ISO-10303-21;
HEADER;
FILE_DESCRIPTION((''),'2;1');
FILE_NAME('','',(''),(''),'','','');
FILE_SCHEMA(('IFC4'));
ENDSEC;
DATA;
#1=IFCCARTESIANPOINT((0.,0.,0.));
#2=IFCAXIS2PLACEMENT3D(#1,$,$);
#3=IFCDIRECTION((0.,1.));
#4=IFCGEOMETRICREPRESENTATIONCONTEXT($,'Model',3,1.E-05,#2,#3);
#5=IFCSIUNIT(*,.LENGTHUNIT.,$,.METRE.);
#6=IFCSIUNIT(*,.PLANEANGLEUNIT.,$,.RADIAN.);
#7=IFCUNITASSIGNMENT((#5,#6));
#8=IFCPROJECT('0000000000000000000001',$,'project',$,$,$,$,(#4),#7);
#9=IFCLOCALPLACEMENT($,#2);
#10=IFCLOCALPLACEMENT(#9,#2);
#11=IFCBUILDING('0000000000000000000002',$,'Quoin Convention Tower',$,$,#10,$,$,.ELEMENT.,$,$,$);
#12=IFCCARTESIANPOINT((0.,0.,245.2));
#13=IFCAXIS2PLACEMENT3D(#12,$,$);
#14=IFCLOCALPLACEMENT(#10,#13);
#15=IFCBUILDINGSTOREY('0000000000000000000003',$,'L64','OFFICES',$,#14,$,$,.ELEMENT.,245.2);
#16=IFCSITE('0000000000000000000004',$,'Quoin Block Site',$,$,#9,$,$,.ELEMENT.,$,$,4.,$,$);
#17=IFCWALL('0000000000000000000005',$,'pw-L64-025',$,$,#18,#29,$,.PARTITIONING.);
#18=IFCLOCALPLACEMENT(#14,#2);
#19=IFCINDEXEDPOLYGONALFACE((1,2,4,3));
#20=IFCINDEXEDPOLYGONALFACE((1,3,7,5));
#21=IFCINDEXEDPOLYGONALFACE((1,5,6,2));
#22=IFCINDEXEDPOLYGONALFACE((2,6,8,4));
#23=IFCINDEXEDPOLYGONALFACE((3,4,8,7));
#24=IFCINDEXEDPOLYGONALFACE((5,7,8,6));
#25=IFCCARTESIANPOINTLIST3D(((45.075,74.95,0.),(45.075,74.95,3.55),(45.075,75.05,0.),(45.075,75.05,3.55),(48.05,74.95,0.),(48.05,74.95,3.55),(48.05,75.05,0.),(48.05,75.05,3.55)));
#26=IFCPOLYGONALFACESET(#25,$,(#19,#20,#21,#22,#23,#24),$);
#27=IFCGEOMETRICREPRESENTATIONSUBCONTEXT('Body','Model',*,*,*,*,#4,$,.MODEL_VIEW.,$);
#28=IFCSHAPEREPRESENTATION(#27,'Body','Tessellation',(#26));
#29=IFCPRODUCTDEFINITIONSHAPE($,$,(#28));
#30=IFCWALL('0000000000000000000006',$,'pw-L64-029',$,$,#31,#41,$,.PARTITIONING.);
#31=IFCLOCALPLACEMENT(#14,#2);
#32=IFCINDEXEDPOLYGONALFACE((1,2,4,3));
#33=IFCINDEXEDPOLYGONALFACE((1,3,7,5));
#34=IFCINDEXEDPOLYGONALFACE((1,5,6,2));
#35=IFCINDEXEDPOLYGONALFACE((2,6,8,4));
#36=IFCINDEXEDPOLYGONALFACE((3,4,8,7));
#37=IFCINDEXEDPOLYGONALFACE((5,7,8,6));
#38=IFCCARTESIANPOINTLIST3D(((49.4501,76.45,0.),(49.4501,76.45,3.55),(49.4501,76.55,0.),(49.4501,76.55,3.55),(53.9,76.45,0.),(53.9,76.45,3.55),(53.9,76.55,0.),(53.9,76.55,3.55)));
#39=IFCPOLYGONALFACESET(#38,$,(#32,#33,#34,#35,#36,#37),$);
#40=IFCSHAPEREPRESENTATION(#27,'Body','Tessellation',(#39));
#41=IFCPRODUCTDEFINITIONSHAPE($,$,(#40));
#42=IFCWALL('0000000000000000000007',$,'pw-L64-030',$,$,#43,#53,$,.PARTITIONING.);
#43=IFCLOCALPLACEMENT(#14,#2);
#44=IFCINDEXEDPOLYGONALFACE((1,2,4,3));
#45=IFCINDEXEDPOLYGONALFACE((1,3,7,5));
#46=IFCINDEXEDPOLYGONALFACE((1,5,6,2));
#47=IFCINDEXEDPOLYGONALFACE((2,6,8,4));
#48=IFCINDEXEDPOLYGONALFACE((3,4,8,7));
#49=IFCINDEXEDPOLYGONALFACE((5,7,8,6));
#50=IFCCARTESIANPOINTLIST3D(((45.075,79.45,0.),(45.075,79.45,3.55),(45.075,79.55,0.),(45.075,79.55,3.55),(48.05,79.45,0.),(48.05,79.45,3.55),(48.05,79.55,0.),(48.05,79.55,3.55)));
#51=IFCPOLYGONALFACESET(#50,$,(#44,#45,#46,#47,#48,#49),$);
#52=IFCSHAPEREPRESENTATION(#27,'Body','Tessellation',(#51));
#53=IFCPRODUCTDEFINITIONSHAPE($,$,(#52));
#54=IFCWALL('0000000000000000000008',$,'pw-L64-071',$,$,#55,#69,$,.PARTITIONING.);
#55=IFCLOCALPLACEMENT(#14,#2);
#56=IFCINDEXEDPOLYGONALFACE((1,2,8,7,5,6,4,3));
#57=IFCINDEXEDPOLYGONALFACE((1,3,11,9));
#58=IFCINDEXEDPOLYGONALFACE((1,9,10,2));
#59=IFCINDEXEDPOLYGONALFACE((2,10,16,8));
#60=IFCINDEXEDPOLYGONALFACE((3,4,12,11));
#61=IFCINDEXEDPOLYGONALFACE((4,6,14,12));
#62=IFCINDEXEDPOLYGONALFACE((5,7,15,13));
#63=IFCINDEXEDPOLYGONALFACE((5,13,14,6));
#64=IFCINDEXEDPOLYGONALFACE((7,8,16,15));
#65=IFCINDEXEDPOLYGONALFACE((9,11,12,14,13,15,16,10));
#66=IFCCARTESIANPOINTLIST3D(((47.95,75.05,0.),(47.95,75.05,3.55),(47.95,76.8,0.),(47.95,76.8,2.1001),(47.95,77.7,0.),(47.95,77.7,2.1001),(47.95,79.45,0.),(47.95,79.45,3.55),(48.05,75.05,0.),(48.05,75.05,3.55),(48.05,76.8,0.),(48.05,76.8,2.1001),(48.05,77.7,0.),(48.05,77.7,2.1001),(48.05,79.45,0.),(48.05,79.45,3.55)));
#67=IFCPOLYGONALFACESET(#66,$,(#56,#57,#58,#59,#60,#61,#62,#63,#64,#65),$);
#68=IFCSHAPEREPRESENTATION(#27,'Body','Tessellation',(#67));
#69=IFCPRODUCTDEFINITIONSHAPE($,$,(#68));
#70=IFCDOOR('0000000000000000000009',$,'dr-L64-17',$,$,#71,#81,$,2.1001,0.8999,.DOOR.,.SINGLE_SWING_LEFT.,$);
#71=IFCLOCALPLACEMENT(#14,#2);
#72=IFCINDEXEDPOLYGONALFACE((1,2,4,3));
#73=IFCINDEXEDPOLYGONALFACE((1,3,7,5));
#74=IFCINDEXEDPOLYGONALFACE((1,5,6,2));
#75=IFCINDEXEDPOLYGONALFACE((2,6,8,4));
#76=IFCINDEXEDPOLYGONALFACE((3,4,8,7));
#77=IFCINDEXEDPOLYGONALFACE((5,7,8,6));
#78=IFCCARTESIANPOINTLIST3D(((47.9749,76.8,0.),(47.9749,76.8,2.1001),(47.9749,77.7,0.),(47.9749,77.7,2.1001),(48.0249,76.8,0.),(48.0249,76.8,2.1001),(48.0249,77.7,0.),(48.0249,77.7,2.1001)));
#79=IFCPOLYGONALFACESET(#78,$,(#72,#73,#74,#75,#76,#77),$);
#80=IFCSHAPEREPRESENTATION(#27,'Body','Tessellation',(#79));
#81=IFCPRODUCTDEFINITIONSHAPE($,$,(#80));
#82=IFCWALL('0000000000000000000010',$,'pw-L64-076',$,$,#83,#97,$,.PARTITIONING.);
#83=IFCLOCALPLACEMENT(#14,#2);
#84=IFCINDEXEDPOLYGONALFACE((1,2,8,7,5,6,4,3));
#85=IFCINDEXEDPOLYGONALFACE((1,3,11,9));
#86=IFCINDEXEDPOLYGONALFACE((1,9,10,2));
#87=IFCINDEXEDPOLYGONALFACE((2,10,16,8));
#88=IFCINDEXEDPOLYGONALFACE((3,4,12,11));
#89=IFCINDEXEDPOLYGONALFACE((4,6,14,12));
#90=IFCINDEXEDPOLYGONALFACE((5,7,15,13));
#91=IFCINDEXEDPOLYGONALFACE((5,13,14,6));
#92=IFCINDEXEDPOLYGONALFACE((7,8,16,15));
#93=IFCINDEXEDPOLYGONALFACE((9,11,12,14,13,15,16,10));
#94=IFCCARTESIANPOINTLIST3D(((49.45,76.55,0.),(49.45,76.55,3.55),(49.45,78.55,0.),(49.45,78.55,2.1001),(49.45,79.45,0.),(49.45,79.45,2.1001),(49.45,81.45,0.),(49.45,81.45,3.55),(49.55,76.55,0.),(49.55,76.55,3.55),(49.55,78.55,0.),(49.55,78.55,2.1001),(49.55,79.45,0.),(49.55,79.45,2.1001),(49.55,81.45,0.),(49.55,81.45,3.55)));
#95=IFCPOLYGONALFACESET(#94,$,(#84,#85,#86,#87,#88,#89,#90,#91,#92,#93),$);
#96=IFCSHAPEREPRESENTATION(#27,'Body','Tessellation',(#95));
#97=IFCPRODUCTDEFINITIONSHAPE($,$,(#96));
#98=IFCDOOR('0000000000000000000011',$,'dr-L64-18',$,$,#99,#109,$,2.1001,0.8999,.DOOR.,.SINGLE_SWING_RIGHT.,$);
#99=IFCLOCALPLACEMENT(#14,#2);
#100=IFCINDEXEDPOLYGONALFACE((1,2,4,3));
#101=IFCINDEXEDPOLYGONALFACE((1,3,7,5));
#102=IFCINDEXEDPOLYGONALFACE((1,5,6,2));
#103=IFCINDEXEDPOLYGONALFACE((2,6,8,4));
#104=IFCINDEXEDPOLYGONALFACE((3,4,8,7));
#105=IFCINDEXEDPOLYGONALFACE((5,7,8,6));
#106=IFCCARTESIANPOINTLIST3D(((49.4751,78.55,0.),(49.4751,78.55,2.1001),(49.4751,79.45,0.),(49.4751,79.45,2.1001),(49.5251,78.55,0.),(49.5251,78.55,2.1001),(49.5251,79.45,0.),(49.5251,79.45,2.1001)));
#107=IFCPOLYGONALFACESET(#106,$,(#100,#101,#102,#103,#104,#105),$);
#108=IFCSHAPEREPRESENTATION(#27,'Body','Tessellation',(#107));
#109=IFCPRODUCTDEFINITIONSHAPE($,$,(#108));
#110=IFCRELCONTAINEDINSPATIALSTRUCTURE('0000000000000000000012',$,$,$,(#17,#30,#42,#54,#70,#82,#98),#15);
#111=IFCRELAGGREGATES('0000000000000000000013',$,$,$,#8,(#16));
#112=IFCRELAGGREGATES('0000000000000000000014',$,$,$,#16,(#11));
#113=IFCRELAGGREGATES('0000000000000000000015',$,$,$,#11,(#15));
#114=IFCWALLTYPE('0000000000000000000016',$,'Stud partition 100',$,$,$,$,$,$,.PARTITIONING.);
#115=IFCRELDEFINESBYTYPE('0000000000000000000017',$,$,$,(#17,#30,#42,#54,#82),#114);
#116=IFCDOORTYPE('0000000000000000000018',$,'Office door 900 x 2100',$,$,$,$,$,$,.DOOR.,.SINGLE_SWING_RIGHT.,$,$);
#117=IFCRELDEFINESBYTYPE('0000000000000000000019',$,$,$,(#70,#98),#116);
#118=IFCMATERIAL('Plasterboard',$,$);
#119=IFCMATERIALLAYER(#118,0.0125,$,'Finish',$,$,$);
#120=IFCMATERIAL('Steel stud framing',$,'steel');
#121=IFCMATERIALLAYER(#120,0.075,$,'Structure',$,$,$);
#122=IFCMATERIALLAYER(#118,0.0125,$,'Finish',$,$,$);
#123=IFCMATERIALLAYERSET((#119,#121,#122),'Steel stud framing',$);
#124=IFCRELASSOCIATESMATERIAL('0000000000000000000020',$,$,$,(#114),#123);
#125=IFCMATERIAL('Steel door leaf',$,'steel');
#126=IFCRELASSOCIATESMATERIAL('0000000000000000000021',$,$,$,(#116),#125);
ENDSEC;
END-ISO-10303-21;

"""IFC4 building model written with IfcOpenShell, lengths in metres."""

from ifc_helpers import new_model, si_unit, direction, frame, frame_2d, origin, place, context, subcontext, project, spatial, rectangle, extrude, material, layer, layer_set, type_object, element, fill, save


model = new_model("IFC4")

# Units and contexts
model_context = context("Model", 3, precision=1e-05, world=origin(), true_north=direction((0.0, 1.0)))
body_context = subcontext(model_context, "Body", "Model", "MODEL_VIEW")
ifc_project = project(units=[si_unit("LENGTHUNIT", "METRE"), si_unit("PLANEANGLEUNIT", "RADIAN")], contexts=[model_context])

# Site, building, storey
site_placement = place(None, origin())
site = spatial("IfcSite", under=ifc_project, at=site_placement, Name="Quoin Block Site", CompositionType="ELEMENT", RefElevation=4.0)
building_placement = place(site_placement, origin())
building = spatial("IfcBuilding", under=site, at=building_placement, Name="Quoin Convention Tower", CompositionType="ELEMENT")
storey_placement = place(building_placement, frame((0.0, 0.0, 245.2)))
storey = spatial("IfcBuildingStorey", under=building, at=storey_placement, Name="L64", Description="OFFICES", CompositionType="ELEMENT", Elevation=245.2)

# Shared definitions
ifc_material_1 = material(Name="Plasterboard")
ifc_material_2 = material(Name="Steel stud framing", Category="steel")
ifc_material_3 = material(Name="Steel door leaf", Category="steel")

# Walls
ifc_layer_1 = layer(ifc_material_1, 0.0125, Name="Finish")
ifc_layer_2 = layer(ifc_material_2, 0.075, Name="Structure")
ifc_layer_3 = layer(ifc_material_1, 0.0125, Name="Finish")
ifc_layer_set_1 = layer_set([ifc_layer_1, ifc_layer_2, ifc_layer_3], Name="Steel stud framing")
wall_type_1 = type_object("IfcWallType", Name="Stud partition 100", PredefinedType="PARTITIONING", material=ifc_layer_set_1)
wall_1_placement = place(storey_placement, frame((45.075, 75.0, 0.0), z_axis=(0.0, 0.0, 1.0), x_axis=(1.0, 0.0, 0.0)))
element("IfcWall", 1, at=wall_1_placement, inside=storey, type_object=wall_type_1, Name="pw-L64-025", PredefinedType="PARTITIONING", context=body_context, shape_type="SweptSolid", body=[
    extrude(rectangle(XDim=2.9751, YDim=0.1001, at=frame_2d((1.4875, 0.0))), origin(), (0.0, 0.0, 1.0), 3.55),
])
wall_2_placement = place(storey_placement, frame((49.45, 76.5, 0.0), z_axis=(0.0, 0.0, 1.0), x_axis=(1.0, 0.0, 0.0)))
element("IfcWall", 2, at=wall_2_placement, inside=storey, type_object=wall_type_1, Name="pw-L64-029", PredefinedType="PARTITIONING", context=body_context, shape_type="SweptSolid", body=[
    extrude(rectangle(XDim=4.45, YDim=0.1001, at=frame_2d((2.2251, 0.0))), origin(), (0.0, 0.0, 1.0), 3.55),
])
wall_3_placement = place(storey_placement, frame((45.075, 79.5, 0.0), z_axis=(0.0, 0.0, 1.0), x_axis=(1.0, 0.0, 0.0)))
element("IfcWall", 3, at=wall_3_placement, inside=storey, type_object=wall_type_1, Name="pw-L64-030", PredefinedType="PARTITIONING", context=body_context, shape_type="SweptSolid", body=[
    extrude(rectangle(XDim=2.9751, YDim=0.1001, at=frame_2d((1.4875, 0.0))), origin(), (0.0, 0.0, 1.0), 3.55),
])

# Walls, openings, doors
wall_4_placement = place(storey_placement, frame((48.0, 75.05, 0.0), z_axis=(0.0, 0.0, 1.0), x_axis=(0.0, 1.0, 0.0)))
wall_4 = element("IfcWall", 4, at=wall_4_placement, inside=storey, type_object=wall_type_1, Name="pw-L64-071", PredefinedType="PARTITIONING", context=body_context, shape_type="SweptSolid", body=[
    extrude(rectangle(XDim=4.3999, YDim=0.1001, at=frame_2d((2.2, 0.0))), origin(), (0.0, 0.0, 1.0), 3.55),
])
opening_1_placement = place(wall_4_placement, frame((1.75, 0.0, 0.0)))
opening_1 = element("IfcOpeningElement", 5, at=opening_1_placement, cuts=wall_4, PredefinedType="OPENING", context=body_context, shape_type="SweptSolid", body=[
    extrude(rectangle(XDim=0.8999, YDim=2.1001, at=frame_2d((0.45, 1.05))), frame((0.0, 0.0601, 0.0), z_axis=(0.0, -1.0, 0.0), x_axis=(1.0, 0.0, 0.0)), (0.0, 0.0, 1.0), 0.1201),
])
door_type_1 = type_object("IfcDoorType", Name="Office door 900 x 2100", OperationType="SINGLE_SWING_RIGHT", PredefinedType="DOOR", material=ifc_material_3)
door_1_placement = place(opening_1_placement, frame((0.8999, 0.0, 0.0), z_axis=(0.0, 0.0, 1.0), x_axis=(-1.0, 0.0, 0.0)))
door_1 = element("IfcDoor", 6, at=door_1_placement, inside=storey, type_object=door_type_1, Name="dr-L64-17", OperationType="SINGLE_SWING_LEFT", OverallHeight=2.1001, OverallWidth=0.8999, PredefinedType="DOOR", context=body_context, shape_type="SweptSolid", body=[
    extrude(rectangle(XDim=0.8999, YDim=2.1001, at=frame_2d((0.45, 1.05))), frame((0.0, 0.0249, 0.0), z_axis=(0.0, -1.0, 0.0), x_axis=(1.0, 0.0, 0.0)), (0.0, 0.0, 1.0), 0.05),
])
fill(opening_1, door_1)
wall_5_placement = place(storey_placement, frame((49.5, 76.55, 0.0), z_axis=(0.0, 0.0, 1.0), x_axis=(0.0, 1.0, 0.0)))
wall_5 = element("IfcWall", 7, at=wall_5_placement, inside=storey, type_object=wall_type_1, Name="pw-L64-076", PredefinedType="PARTITIONING", context=body_context, shape_type="SweptSolid", body=[
    extrude(rectangle(XDim=4.8999, YDim=0.1001, at=frame_2d((2.45, 0.0))), origin(), (0.0, 0.0, 1.0), 3.55),
])
opening_2_placement = place(wall_5_placement, frame((2.0, 0.0, 0.0)))
opening_2 = element("IfcOpeningElement", 8, at=opening_2_placement, cuts=wall_5, PredefinedType="OPENING", context=body_context, shape_type="SweptSolid", body=[
    extrude(rectangle(XDim=0.8999, YDim=2.1001, at=frame_2d((0.45, 1.05))), frame((0.0, 0.0601, 0.0), z_axis=(0.0, -1.0, 0.0), x_axis=(1.0, 0.0, 0.0)), (0.0, 0.0, 1.0), 0.1201),
])
door_2_placement = place(opening_2_placement, origin())
door_2 = element("IfcDoor", 9, at=door_2_placement, inside=storey, type_object=door_type_1, Name="dr-L64-18", OperationType="SINGLE_SWING_RIGHT", OverallHeight=2.1001, OverallWidth=0.8999, PredefinedType="DOOR", context=body_context, shape_type="SweptSolid", body=[
    extrude(rectangle(XDim=0.8999, YDim=2.1001, at=frame_2d((0.45, 1.05))), frame((0.0, 0.0249, 0.0), z_axis=(0.0, -1.0, 0.0), x_axis=(1.0, 0.0, 0.0)), (0.0, 0.0, 1.0), 0.05),
])
fill(opening_2, door_2)

save(model, "model.ifc")
